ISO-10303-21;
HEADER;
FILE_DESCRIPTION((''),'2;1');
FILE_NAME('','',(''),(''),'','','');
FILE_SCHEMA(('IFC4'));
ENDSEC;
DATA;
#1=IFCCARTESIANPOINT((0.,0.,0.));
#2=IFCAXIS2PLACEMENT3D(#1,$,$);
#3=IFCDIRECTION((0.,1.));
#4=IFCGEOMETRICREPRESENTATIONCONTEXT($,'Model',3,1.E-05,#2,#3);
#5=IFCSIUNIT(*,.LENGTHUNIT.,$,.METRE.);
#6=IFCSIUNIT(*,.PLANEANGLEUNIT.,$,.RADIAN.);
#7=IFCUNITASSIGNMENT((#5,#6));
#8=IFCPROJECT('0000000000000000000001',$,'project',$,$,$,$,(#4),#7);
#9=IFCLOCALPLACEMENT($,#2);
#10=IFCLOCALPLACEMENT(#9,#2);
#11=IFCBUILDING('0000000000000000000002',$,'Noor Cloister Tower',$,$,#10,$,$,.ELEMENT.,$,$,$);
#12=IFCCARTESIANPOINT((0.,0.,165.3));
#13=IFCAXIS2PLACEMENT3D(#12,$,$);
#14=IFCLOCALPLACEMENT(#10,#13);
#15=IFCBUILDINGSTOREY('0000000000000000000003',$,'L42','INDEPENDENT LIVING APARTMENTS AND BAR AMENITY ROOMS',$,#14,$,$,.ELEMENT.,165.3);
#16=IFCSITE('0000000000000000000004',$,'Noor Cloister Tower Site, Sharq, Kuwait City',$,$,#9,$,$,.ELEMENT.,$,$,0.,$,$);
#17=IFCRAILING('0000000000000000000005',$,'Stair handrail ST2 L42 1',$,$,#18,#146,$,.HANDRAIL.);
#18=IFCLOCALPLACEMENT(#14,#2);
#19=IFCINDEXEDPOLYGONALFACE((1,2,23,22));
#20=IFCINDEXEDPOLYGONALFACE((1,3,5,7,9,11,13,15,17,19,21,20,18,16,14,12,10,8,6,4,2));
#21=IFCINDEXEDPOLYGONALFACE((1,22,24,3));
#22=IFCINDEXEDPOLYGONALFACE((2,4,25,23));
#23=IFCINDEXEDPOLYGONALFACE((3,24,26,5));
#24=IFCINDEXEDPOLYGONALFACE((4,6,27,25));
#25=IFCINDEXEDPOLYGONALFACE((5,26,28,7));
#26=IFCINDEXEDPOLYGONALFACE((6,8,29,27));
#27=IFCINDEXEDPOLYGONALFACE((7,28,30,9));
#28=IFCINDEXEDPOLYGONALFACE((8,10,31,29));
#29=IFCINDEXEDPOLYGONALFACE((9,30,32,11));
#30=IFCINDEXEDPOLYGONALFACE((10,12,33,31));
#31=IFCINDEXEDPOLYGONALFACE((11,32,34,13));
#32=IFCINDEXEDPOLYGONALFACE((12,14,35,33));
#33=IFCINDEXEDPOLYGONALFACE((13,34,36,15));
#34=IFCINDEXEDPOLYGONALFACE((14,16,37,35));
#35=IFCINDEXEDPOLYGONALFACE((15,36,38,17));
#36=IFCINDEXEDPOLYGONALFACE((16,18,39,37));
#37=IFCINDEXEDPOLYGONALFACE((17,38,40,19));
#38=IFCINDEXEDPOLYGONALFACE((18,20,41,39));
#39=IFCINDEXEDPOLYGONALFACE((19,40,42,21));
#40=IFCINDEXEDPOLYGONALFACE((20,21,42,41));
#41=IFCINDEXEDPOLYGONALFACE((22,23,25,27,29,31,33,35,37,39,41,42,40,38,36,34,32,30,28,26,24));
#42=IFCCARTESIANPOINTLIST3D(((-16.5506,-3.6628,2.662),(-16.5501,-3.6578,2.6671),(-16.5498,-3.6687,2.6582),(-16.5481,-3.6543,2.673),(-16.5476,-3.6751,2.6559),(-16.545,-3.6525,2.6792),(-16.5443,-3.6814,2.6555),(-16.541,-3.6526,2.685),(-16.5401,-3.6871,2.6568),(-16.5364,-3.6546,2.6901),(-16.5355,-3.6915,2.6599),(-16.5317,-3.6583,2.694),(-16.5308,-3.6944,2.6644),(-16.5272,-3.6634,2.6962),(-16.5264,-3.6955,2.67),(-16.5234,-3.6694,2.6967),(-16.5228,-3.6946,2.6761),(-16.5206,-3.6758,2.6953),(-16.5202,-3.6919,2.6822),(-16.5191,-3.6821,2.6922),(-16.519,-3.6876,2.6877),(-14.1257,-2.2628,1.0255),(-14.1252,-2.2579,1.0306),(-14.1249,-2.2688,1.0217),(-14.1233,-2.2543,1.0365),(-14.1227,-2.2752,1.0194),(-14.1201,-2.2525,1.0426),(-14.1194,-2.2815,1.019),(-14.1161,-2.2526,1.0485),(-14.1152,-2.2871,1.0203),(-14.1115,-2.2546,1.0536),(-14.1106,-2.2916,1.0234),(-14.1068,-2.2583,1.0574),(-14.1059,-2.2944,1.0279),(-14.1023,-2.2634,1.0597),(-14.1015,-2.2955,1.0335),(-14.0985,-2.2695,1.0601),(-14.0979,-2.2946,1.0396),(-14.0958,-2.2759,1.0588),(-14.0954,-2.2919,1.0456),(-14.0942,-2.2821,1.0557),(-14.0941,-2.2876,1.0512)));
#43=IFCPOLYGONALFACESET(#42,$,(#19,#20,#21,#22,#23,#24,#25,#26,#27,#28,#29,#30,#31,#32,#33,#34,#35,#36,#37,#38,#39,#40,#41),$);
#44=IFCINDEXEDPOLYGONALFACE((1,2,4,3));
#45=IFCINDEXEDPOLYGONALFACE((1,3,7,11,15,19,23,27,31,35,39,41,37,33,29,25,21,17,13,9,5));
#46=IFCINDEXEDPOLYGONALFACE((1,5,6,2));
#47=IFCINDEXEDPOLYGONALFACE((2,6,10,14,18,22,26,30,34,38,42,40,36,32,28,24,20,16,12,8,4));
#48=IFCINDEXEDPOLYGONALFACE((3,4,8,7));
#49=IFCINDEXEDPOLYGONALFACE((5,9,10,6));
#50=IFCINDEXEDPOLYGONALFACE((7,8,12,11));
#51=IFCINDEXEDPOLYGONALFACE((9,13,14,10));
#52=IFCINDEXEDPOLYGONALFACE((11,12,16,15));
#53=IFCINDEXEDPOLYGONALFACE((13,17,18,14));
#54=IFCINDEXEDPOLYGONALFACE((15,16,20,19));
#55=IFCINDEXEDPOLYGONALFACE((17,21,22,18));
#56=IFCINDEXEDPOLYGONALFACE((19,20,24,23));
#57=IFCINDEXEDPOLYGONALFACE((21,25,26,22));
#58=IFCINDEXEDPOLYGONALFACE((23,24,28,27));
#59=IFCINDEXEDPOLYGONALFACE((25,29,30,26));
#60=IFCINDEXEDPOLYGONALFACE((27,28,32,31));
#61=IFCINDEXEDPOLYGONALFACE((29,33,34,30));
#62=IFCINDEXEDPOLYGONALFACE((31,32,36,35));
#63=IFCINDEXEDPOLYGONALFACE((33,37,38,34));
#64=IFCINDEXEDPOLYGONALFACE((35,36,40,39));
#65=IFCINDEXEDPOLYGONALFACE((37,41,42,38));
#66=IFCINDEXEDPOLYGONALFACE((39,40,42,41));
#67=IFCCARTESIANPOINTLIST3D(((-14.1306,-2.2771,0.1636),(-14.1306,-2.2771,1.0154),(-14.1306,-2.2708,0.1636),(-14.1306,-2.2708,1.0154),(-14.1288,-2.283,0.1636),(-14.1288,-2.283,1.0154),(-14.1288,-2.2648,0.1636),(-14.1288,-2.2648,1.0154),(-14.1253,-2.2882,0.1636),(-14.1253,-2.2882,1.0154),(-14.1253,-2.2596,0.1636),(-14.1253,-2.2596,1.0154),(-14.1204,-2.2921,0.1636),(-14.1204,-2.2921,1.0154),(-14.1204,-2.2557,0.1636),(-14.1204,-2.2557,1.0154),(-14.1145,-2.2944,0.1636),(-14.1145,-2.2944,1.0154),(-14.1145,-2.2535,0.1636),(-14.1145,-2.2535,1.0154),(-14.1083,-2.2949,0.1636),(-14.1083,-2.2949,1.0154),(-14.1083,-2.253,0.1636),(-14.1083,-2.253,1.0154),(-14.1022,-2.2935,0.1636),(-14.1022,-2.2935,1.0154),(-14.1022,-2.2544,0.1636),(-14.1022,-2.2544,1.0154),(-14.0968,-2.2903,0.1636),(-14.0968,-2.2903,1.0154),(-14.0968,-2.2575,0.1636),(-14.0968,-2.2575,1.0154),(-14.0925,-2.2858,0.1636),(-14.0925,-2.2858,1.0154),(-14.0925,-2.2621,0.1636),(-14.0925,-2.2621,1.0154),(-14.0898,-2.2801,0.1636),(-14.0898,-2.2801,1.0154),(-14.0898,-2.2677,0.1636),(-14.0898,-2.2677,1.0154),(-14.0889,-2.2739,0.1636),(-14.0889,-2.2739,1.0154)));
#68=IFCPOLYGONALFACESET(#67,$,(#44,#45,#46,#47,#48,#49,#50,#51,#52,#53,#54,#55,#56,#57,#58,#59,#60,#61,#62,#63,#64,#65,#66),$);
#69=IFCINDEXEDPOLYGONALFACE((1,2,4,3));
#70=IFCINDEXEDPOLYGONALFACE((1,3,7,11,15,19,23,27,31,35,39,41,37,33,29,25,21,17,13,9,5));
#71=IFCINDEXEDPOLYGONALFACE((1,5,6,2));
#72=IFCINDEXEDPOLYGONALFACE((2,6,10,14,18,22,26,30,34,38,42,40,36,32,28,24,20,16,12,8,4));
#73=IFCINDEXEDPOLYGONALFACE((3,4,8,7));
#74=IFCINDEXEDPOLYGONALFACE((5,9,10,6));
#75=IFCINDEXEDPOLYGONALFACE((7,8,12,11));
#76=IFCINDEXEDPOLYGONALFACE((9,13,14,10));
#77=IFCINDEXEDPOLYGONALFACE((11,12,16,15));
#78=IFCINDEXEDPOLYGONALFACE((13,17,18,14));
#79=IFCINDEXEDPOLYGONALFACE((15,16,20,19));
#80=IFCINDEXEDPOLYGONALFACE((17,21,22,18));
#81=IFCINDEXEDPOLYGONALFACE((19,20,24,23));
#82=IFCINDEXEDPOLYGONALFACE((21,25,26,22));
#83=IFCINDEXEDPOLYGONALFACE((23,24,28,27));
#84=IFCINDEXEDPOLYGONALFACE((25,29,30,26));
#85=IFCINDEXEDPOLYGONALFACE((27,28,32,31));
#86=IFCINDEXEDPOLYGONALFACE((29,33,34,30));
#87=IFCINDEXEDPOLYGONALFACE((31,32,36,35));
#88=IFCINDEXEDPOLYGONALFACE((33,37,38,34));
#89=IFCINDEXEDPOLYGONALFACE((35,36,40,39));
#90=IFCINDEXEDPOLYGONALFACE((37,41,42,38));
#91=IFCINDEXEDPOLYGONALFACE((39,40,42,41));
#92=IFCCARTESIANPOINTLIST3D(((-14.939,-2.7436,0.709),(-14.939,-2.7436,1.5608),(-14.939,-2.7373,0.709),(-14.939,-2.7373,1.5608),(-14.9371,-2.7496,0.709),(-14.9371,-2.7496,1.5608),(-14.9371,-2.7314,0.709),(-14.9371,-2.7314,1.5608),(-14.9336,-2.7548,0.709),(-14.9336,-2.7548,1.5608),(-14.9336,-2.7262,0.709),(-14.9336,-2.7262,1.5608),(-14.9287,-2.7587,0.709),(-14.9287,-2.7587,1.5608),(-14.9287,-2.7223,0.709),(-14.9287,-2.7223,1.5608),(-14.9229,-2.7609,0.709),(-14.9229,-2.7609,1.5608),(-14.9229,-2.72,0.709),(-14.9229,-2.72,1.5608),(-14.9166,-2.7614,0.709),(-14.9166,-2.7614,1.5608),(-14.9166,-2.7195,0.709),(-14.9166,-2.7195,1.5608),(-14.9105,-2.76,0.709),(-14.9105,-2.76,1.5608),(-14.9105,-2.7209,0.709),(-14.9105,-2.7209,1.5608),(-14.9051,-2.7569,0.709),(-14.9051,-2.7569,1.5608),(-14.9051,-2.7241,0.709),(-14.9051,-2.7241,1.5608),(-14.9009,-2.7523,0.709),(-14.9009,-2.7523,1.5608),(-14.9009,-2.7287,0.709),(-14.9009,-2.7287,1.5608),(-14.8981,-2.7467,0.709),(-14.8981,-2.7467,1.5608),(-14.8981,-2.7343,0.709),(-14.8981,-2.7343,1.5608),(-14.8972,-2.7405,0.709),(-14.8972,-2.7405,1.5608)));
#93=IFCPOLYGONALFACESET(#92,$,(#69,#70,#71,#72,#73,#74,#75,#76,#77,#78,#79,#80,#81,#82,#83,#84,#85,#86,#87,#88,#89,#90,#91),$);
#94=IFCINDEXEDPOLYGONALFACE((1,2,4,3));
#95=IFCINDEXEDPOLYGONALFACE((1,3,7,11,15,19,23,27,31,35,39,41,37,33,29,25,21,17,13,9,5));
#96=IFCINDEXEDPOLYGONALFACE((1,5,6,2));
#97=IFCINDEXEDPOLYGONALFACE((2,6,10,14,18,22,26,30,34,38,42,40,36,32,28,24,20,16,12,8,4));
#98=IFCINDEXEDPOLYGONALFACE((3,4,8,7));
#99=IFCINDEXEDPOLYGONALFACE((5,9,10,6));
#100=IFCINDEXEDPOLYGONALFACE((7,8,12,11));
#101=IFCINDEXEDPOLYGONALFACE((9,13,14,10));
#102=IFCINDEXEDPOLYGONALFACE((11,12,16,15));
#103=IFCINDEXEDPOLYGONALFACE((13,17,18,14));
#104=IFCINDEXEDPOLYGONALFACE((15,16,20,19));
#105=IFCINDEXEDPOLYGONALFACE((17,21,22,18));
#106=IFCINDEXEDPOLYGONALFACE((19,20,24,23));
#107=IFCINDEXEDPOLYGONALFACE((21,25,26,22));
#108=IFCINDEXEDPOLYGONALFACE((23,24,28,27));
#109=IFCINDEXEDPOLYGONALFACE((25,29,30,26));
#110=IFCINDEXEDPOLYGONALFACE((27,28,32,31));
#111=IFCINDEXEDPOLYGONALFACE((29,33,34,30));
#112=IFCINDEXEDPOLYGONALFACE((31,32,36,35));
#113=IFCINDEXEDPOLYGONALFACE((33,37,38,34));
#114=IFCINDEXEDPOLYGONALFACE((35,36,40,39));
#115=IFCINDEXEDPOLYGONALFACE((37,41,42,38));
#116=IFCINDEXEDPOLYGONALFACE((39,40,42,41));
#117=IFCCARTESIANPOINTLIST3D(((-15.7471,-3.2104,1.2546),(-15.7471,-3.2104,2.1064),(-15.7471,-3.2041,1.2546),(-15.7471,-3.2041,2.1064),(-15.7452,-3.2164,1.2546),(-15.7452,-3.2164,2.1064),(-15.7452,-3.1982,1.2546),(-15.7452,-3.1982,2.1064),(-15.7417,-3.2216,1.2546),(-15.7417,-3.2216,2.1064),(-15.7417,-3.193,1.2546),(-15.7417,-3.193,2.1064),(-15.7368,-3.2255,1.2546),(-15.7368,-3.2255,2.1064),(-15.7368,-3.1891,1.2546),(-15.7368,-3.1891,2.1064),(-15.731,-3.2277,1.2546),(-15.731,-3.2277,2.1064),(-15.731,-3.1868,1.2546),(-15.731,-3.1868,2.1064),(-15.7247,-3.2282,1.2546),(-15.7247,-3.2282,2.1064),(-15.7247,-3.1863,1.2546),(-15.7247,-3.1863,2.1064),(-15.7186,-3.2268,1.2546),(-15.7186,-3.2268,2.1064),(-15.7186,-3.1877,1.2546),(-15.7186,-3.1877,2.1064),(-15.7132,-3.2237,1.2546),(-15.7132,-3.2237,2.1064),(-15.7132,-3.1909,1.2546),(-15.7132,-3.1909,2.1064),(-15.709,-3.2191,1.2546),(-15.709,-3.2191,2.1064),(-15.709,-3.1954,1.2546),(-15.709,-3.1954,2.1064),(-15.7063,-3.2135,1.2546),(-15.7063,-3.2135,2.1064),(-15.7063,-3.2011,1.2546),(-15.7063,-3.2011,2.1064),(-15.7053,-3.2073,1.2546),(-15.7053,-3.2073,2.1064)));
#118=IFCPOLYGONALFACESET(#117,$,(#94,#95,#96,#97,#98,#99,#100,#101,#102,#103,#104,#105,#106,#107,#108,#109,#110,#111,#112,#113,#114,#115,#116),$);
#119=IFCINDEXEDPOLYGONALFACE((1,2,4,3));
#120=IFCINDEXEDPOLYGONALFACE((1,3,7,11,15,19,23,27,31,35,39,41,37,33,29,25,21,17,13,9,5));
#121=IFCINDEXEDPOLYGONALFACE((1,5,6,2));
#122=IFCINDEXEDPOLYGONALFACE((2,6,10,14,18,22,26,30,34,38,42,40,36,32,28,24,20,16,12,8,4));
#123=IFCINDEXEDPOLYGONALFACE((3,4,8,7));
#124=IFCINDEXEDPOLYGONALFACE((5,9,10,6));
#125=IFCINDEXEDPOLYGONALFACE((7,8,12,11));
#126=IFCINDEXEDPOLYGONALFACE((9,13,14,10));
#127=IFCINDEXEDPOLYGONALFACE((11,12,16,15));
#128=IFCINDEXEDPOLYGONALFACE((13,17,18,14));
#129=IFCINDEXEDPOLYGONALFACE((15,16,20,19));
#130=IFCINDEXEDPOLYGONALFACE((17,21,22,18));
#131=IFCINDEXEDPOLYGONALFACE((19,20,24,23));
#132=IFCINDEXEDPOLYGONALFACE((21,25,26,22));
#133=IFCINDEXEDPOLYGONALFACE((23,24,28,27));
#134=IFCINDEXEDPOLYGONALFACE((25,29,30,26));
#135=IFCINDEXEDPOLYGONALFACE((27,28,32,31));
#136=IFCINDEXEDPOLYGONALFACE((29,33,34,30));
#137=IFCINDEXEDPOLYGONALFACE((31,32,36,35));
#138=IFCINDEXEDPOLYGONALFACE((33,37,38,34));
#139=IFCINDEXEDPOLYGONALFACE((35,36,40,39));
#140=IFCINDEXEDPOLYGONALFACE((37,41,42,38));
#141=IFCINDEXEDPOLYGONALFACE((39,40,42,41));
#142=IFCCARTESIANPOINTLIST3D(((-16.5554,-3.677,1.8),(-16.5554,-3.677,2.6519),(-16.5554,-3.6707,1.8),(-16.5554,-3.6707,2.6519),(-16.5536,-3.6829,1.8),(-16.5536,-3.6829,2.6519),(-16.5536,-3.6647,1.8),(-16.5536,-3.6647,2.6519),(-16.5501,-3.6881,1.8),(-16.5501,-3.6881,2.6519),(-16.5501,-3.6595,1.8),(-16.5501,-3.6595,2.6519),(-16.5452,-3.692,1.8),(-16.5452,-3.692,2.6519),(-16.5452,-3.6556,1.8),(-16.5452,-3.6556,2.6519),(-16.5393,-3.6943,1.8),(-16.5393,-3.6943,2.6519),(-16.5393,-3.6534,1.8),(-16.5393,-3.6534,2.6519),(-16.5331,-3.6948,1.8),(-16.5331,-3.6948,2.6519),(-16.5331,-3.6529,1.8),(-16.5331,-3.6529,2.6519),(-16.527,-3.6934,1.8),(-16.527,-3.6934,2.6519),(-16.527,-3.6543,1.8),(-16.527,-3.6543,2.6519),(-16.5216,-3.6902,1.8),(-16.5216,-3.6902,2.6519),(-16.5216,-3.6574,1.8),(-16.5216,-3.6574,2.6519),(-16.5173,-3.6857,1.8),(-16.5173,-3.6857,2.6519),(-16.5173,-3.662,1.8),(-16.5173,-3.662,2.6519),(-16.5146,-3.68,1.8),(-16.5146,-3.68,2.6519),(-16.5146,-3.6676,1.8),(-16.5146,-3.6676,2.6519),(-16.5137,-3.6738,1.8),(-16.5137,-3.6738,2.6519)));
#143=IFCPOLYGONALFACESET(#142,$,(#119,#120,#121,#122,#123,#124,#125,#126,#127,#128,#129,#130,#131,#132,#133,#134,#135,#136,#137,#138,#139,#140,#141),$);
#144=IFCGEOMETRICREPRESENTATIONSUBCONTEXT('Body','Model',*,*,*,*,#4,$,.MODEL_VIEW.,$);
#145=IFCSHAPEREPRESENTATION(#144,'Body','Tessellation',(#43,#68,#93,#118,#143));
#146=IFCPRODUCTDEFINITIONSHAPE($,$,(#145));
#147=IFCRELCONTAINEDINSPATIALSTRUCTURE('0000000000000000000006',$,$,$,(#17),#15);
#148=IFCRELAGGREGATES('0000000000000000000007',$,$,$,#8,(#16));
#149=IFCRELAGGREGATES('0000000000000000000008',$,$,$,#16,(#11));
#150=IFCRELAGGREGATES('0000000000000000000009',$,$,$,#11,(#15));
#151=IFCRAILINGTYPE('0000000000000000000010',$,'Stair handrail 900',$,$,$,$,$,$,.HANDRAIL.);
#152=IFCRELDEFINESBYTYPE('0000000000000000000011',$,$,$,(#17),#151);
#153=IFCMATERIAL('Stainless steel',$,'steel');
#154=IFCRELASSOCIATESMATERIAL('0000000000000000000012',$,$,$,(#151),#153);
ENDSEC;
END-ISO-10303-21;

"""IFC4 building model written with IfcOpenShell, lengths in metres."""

from ifc_helpers import new_model, si_unit, direction, frame, origin, origin_2d, place, context, subcontext, project, spatial, circle, extrude, material, type_object, element, save


model = new_model("IFC4")

# Units and contexts
model_context = context("Model", 3, precision=1e-05, world=origin(), true_north=direction((0.0, 1.0)))
body_context = subcontext(model_context, "Body", "Model", "MODEL_VIEW")
ifc_project = project(units=[si_unit("LENGTHUNIT", "METRE"), si_unit("PLANEANGLEUNIT", "RADIAN")], contexts=[model_context])

# Site, building, storey
site_placement = place(None, origin())
site = spatial("IfcSite", under=ifc_project, at=site_placement, Name="Noor Cloister Tower Site, Sharq, Kuwait City", CompositionType="ELEMENT", RefElevation=0.0)
building_placement = place(site_placement, origin())
building = spatial("IfcBuilding", under=site, at=building_placement, Name="Noor Cloister Tower", CompositionType="ELEMENT")
storey_placement = place(building_placement, frame((0.0, 0.0, 165.3)))
storey = spatial("IfcBuildingStorey", under=building, at=storey_placement, Name="L42", Description="INDEPENDENT LIVING APARTMENTS AND BAR AMENITY ROOMS", CompositionType="ELEMENT", Elevation=165.3)

# Railing
ifc_material_1 = material(Name="Stainless steel", Category="steel")
railing_type_1 = type_object("IfcRailingType", Name="Stair handrail 900", PredefinedType="HANDRAIL", material=ifc_material_1)
railing_1_placement = place(storey_placement, frame((-14.1099, -2.2739, 0.1636)))
element("IfcRailing", 1, at=railing_1_placement, inside=storey, type_object=railing_type_1, Name="Stair handrail ST2 L42 1", PredefinedType="HANDRAIL", context=body_context, shape_type="SweptSolid", body=[
    extrude(circle(Radius=0.0239, at=origin_2d()), frame((0.0, 0.0, 0.876), z_axis=(-0.74769, -0.431661, 0.504608), x_axis=(0.499984, -0.866035, 0.0)), (0.0, 0.0, 1.0), 3.2432),
    extrude(circle(Radius=0.021, at=origin_2d()), origin(), (0.0, 0.0, 1.0), 0.8518),
    extrude(circle(Radius=0.021, at=origin_2d()), frame((-0.8083, -0.4666, 0.5454)), (0.0, 0.0, 1.0), 0.8518),
    extrude(circle(Radius=0.021, at=origin_2d()), frame((-1.6165, -0.9333, 1.0911)), (0.0, 0.0, 1.0), 0.8518),
    extrude(circle(Radius=0.021, at=origin_2d()), frame((-2.4248, -1.3999, 1.6365)), (0.0, 0.0, 1.0), 0.8518),
])

save(model, "model.ifc")
